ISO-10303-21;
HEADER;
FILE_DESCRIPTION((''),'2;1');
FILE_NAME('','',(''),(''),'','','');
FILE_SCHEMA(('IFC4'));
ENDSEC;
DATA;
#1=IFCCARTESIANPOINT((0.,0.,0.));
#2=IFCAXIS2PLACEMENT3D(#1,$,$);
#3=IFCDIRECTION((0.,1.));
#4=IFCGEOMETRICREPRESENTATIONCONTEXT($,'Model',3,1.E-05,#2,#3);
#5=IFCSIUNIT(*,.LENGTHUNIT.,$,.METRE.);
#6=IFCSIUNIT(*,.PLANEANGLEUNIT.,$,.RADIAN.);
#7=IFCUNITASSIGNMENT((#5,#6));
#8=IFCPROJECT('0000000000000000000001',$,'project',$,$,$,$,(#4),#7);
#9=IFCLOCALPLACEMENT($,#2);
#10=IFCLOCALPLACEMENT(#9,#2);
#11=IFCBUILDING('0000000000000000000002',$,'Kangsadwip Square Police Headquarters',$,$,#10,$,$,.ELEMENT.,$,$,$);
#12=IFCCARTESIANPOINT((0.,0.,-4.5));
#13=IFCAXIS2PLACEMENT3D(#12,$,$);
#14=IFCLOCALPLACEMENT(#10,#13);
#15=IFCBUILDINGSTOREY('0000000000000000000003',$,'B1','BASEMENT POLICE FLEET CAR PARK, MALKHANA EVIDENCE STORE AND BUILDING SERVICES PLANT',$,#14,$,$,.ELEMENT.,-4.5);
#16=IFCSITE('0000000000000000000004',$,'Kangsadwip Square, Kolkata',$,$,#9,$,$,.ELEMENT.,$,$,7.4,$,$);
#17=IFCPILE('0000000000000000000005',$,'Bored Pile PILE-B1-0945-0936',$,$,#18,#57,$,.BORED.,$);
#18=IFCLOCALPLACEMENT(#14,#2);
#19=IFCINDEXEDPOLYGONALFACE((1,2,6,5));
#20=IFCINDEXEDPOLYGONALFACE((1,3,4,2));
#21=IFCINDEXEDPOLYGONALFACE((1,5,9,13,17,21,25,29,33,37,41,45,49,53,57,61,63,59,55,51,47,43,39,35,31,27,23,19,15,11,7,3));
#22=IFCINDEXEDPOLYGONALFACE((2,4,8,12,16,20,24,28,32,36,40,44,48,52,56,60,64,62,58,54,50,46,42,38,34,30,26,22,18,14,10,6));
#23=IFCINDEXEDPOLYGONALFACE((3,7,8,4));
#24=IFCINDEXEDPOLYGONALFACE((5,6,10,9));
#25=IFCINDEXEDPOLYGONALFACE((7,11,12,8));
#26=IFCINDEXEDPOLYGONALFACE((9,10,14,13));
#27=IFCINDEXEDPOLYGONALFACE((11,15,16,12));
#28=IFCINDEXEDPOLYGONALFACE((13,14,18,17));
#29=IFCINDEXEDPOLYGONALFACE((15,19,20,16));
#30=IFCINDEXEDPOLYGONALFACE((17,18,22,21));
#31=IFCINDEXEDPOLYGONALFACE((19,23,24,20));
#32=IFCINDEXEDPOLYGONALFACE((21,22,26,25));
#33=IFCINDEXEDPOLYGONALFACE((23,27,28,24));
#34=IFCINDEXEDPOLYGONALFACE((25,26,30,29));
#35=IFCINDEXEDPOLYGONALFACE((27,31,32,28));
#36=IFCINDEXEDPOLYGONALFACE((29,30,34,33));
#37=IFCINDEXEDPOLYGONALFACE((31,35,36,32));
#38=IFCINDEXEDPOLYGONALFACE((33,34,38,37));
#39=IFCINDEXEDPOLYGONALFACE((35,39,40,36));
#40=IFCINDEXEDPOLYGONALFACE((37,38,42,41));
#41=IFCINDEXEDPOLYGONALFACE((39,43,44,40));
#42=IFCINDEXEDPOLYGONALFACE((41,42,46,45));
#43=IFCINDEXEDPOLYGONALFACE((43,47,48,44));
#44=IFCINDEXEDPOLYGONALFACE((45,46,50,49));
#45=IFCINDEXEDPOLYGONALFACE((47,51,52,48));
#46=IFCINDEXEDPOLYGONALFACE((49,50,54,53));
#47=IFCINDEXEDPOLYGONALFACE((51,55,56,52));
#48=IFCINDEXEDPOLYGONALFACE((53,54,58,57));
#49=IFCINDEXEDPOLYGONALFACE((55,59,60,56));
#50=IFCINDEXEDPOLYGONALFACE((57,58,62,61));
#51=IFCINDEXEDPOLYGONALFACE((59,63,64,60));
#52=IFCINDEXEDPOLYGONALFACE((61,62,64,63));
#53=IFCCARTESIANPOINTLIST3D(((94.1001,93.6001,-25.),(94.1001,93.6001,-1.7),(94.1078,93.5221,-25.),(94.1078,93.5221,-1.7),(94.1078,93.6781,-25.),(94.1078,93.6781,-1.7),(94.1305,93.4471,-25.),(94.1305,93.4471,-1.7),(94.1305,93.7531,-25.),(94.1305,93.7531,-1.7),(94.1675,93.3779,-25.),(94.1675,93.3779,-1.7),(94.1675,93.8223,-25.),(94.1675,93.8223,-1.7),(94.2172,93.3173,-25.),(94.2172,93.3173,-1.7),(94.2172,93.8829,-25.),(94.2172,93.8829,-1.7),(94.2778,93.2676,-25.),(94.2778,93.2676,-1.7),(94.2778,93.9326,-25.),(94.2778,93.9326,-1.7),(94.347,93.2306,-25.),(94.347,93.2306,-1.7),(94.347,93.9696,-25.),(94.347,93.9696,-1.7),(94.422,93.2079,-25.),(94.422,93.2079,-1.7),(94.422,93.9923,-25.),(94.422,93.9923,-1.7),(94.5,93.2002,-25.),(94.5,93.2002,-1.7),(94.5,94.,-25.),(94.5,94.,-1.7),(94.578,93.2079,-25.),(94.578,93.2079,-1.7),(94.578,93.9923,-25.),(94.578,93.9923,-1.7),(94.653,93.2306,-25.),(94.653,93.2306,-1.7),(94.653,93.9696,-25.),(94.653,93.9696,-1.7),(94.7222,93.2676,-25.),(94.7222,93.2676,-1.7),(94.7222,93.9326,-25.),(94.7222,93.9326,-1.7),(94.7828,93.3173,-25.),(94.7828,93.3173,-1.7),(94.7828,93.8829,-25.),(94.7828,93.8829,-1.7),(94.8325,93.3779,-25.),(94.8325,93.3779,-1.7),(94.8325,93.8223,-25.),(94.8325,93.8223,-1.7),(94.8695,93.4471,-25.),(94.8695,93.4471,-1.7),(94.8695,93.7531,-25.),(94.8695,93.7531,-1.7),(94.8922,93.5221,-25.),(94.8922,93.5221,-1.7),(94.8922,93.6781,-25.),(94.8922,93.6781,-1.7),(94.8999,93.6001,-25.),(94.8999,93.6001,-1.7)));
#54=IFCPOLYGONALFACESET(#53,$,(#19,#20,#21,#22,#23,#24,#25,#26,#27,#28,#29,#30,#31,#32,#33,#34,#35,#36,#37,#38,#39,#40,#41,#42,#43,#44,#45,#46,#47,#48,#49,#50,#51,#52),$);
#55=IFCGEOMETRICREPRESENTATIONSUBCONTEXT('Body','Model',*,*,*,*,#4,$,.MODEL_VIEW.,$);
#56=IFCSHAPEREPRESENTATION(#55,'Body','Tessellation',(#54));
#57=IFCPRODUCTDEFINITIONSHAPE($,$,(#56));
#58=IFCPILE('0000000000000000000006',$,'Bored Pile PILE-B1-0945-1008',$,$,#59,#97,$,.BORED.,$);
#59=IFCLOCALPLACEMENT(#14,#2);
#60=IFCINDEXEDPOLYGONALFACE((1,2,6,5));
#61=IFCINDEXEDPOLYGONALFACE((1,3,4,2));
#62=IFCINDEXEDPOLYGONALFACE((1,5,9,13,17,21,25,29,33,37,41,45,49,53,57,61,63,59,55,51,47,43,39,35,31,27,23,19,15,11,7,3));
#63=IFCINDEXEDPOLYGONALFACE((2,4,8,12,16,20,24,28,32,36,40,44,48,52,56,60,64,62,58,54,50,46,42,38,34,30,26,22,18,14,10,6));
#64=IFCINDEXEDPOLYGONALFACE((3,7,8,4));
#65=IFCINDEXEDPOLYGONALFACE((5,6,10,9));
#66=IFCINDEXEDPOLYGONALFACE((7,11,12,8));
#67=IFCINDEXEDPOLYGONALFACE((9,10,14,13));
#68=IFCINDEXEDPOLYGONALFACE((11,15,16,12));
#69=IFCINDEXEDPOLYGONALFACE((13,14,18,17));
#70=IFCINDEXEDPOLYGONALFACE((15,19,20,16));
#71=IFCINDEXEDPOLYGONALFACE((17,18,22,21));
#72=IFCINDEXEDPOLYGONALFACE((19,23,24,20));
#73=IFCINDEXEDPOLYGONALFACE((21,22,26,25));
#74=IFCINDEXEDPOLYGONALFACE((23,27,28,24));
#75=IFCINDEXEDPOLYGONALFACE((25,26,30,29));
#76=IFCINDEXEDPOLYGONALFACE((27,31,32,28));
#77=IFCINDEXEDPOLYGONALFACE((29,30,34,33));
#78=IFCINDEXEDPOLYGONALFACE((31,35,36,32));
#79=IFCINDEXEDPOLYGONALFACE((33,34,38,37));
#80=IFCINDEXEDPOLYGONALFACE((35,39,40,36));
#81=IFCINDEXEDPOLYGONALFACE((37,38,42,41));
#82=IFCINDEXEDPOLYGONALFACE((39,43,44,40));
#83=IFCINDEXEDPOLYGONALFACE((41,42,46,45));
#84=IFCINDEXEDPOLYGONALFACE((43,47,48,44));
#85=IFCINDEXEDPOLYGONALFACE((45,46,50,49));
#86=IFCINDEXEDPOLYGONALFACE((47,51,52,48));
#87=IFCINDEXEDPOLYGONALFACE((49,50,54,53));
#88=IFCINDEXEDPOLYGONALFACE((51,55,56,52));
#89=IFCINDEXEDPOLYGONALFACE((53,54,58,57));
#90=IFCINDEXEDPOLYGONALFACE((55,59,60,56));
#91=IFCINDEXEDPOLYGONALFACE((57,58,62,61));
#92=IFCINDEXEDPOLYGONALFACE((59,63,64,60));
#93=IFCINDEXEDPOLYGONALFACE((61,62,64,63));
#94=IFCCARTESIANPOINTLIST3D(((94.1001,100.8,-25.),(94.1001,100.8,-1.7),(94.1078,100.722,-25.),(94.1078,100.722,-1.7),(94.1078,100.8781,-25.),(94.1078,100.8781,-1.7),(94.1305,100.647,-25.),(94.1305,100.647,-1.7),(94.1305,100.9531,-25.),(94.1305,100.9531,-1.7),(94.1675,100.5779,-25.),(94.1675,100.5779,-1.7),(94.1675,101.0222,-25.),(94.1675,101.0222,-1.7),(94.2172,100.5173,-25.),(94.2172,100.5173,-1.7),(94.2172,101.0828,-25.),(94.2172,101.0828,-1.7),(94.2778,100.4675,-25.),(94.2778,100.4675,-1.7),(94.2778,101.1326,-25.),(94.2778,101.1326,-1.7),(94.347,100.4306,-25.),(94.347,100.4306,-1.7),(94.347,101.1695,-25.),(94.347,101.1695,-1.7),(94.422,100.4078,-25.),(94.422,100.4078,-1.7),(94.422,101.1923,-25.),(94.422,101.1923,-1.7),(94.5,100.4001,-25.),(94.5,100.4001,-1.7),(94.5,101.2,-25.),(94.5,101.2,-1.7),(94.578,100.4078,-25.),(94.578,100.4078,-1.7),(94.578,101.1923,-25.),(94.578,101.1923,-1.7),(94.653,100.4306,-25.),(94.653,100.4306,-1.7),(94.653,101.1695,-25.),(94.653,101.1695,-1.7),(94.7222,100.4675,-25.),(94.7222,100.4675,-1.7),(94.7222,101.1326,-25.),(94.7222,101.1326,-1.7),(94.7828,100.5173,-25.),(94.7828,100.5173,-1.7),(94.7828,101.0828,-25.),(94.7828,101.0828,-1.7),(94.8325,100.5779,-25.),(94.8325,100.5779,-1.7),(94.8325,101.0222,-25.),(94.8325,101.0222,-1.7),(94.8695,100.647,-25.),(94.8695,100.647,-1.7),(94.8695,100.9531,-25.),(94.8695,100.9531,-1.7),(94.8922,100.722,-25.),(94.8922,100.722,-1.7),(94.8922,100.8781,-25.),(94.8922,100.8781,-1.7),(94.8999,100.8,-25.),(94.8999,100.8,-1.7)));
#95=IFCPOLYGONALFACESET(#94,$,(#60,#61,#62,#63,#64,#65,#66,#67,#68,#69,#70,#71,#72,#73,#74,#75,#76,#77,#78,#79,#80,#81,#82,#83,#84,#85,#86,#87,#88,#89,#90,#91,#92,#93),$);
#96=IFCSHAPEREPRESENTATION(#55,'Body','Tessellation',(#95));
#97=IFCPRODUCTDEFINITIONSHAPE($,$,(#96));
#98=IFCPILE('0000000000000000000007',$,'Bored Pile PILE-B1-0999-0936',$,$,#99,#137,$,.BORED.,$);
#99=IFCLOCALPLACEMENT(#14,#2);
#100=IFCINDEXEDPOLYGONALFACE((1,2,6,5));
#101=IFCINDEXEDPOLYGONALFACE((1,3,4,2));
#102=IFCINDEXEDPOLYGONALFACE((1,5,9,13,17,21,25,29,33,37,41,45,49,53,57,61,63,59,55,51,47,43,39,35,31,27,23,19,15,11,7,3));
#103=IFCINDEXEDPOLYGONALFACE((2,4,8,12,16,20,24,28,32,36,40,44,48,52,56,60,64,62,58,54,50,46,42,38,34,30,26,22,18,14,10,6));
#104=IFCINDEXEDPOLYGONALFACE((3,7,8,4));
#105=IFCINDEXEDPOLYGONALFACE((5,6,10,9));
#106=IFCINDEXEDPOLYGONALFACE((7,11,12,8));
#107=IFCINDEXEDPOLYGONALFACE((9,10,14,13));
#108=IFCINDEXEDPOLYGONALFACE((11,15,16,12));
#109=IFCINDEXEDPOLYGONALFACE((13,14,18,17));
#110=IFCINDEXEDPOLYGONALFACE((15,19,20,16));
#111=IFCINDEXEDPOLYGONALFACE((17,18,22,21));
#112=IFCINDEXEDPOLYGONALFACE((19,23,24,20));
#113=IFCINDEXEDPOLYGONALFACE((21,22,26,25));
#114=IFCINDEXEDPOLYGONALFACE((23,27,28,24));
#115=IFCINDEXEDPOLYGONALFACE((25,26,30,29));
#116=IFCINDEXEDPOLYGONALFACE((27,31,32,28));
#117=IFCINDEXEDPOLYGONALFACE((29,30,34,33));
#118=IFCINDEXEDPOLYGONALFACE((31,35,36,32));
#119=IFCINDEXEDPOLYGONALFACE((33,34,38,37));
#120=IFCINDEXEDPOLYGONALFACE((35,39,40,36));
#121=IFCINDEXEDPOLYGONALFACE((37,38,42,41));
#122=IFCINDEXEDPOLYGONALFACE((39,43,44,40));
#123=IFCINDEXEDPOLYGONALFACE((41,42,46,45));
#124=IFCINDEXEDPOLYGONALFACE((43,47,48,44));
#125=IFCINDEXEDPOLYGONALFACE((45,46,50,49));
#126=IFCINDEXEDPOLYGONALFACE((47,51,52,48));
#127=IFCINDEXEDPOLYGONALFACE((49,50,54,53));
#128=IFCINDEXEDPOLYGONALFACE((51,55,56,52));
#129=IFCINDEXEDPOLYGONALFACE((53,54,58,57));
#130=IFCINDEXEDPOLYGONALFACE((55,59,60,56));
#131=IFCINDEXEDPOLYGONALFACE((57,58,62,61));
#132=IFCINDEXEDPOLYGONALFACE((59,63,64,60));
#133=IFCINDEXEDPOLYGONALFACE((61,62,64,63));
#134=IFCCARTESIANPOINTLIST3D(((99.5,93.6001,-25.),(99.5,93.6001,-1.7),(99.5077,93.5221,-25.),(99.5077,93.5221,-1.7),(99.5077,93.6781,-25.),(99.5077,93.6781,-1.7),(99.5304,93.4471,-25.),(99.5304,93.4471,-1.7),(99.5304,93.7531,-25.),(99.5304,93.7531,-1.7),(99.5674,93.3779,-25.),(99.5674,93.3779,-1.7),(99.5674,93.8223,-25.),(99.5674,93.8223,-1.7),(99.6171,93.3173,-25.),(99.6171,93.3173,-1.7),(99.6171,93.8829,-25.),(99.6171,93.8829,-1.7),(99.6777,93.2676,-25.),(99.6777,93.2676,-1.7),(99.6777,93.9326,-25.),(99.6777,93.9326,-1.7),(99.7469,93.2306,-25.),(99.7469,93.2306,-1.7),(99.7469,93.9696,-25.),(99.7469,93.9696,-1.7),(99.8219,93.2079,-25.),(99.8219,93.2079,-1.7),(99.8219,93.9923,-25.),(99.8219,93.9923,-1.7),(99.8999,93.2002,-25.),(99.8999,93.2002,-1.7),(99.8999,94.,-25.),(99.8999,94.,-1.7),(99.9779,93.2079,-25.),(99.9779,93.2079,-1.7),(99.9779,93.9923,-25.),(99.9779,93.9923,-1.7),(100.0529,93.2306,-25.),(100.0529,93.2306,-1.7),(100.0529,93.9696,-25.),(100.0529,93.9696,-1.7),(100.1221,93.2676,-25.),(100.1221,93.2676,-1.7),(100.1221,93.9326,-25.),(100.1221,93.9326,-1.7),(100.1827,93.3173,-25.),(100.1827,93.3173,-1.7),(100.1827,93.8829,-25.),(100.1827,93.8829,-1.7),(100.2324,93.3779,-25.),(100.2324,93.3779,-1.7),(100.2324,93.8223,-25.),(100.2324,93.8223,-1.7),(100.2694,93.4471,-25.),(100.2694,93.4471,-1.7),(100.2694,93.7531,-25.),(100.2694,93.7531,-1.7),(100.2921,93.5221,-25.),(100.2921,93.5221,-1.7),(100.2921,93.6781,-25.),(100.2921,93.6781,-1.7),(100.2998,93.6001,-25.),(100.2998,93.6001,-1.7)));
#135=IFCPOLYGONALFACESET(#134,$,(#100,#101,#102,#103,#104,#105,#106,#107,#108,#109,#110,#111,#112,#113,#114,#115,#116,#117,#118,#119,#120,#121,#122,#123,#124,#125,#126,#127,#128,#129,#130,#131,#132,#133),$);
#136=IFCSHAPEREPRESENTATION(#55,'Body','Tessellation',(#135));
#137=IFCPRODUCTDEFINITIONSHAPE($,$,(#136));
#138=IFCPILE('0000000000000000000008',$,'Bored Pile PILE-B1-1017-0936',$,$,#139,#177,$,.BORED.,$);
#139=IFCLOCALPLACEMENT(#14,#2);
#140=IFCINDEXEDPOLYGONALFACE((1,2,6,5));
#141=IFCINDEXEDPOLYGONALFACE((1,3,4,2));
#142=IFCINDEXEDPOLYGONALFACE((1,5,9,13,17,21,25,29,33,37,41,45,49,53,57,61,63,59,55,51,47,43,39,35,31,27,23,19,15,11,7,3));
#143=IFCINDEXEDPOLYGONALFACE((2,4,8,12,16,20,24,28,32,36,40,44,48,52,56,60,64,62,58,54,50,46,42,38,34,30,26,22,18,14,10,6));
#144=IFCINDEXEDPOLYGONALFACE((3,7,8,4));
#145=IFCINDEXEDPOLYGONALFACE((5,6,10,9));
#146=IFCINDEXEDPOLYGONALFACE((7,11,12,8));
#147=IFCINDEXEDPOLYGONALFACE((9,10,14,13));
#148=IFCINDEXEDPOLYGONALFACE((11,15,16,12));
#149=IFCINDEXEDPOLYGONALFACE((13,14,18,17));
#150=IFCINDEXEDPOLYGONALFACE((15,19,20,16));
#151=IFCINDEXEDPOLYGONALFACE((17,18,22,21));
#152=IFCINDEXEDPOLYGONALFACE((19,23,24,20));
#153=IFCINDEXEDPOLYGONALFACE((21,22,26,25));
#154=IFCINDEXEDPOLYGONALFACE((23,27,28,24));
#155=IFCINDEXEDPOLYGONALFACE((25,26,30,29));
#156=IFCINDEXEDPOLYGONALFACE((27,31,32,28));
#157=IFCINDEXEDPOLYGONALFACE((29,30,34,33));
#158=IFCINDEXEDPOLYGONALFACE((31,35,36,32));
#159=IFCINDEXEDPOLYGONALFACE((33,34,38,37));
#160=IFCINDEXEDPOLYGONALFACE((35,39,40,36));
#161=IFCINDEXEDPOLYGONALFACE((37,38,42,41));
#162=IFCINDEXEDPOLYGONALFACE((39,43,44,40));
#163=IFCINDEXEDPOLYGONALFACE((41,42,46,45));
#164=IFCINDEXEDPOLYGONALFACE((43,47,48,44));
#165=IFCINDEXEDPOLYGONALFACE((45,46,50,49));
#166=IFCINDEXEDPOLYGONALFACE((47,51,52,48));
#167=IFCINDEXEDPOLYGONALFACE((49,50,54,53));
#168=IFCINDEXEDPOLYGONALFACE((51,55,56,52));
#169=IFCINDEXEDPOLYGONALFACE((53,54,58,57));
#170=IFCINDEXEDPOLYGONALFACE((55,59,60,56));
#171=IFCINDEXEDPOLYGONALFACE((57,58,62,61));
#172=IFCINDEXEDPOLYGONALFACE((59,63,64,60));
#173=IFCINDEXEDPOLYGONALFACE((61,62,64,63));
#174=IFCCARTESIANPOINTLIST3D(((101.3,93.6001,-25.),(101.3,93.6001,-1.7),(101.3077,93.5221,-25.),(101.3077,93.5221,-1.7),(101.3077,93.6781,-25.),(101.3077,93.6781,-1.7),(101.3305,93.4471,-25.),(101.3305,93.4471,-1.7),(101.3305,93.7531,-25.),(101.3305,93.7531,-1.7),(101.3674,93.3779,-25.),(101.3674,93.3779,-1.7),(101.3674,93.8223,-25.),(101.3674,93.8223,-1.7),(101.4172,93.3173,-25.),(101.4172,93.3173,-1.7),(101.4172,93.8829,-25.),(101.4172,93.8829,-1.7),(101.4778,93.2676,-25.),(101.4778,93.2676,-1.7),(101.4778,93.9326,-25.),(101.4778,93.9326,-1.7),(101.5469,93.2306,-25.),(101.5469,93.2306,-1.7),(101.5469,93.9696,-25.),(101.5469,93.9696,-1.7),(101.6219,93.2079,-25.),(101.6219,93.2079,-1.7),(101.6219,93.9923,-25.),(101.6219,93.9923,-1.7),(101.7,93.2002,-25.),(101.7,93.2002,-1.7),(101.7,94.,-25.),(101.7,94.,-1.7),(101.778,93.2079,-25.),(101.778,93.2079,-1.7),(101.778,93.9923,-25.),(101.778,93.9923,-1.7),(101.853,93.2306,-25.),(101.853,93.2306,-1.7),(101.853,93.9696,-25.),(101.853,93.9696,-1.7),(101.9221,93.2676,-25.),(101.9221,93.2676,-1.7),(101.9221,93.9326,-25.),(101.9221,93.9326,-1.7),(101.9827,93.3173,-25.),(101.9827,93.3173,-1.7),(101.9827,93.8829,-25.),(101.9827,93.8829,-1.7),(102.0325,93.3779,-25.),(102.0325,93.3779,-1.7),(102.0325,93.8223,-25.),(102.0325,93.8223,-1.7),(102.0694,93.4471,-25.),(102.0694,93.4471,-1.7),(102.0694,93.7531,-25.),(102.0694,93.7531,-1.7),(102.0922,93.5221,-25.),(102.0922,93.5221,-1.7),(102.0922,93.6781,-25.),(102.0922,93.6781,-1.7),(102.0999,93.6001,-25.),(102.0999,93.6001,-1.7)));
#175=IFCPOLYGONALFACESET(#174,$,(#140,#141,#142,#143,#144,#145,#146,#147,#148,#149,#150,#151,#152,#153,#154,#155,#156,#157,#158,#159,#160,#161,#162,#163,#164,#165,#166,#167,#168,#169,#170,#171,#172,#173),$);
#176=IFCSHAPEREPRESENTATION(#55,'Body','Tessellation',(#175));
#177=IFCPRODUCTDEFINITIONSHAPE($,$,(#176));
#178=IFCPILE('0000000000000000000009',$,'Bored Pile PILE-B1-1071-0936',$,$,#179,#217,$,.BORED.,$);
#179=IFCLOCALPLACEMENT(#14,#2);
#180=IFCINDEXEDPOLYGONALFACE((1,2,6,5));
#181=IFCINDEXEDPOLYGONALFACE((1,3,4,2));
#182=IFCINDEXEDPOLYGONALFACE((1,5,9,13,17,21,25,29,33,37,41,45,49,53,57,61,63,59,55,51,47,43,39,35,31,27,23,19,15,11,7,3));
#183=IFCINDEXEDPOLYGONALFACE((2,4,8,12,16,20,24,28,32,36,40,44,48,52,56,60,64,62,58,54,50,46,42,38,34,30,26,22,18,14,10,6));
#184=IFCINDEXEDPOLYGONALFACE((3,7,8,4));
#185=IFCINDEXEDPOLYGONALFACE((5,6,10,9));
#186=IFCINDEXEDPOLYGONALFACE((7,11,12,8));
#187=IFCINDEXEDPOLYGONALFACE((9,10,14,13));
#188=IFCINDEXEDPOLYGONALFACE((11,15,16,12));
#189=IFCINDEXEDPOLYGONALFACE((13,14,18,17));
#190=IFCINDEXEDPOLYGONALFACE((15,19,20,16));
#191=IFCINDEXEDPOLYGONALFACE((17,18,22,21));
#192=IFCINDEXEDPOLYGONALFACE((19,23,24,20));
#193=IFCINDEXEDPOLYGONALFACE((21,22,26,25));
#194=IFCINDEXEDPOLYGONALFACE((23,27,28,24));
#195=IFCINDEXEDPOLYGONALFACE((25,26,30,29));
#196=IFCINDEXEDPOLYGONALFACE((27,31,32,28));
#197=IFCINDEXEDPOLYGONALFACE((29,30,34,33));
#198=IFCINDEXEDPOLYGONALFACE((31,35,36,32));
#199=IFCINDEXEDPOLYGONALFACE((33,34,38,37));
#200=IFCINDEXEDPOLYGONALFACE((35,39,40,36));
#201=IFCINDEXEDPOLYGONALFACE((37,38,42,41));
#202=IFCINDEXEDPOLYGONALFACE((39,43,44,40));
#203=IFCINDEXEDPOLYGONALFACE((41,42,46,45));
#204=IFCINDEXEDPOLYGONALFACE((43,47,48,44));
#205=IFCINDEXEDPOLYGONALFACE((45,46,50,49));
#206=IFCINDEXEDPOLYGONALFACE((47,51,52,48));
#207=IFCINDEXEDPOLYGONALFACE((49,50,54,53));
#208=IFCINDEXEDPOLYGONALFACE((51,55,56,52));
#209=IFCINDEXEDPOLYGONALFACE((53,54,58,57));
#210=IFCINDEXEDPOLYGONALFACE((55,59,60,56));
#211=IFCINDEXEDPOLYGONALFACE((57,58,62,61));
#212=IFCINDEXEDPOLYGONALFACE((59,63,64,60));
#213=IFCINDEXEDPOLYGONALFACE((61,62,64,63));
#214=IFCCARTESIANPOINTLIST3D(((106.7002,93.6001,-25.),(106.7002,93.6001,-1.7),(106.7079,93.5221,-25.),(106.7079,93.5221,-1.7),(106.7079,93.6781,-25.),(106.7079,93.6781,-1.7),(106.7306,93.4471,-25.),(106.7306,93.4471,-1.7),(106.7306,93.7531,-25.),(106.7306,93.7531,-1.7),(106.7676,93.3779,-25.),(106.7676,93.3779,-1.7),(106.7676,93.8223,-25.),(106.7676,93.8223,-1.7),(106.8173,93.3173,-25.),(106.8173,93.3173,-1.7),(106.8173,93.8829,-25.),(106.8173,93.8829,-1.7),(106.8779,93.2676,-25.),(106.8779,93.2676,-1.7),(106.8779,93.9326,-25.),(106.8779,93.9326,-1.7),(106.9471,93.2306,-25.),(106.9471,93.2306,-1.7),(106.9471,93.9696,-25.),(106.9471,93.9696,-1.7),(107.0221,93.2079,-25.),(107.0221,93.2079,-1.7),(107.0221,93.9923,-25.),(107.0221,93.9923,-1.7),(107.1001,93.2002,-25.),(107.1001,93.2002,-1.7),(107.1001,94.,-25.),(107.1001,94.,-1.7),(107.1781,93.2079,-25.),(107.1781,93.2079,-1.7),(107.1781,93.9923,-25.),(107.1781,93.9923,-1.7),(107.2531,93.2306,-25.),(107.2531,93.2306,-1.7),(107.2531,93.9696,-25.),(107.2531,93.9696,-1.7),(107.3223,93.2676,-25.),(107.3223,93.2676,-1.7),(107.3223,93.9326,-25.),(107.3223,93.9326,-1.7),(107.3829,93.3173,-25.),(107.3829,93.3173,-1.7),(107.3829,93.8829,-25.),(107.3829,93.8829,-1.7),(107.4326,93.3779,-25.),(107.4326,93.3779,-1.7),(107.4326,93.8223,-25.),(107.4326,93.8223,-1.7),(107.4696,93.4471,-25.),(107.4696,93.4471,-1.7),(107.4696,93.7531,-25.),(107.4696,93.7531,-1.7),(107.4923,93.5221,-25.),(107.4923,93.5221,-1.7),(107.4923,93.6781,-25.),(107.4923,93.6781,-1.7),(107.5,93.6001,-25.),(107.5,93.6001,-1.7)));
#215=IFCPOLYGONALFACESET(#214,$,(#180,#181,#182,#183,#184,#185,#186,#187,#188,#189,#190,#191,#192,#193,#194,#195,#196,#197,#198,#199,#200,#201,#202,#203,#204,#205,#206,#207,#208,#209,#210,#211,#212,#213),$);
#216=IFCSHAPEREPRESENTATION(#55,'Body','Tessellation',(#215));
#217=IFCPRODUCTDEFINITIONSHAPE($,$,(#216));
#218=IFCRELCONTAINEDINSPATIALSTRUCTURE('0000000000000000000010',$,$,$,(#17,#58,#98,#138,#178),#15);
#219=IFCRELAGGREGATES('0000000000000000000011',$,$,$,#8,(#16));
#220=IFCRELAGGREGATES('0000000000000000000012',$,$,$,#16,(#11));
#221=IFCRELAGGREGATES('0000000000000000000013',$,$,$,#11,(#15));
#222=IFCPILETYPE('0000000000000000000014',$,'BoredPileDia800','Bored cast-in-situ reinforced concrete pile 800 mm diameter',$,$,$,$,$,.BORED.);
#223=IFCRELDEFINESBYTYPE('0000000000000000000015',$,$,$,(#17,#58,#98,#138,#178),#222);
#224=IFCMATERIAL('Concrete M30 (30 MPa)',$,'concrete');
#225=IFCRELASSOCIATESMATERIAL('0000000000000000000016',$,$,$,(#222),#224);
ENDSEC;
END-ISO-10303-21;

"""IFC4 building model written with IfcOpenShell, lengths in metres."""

from ifc_helpers import new_model, si_unit, direction, frame, origin, origin_2d, place, context, subcontext, project, spatial, circle, extrude, material, material_profile, profile_set, type_object, element, save


model = new_model("IFC4")

# Units and contexts
model_context = context("Model", 3, precision=1e-05, world=origin(), true_north=direction((0.0, 1.0)))
body_context = subcontext(model_context, "Body", "Model", "MODEL_VIEW")
ifc_project = project(units=[si_unit("LENGTHUNIT", "METRE"), si_unit("PLANEANGLEUNIT", "RADIAN")], contexts=[model_context])

# Site, building, storey
site_placement = place(None, origin())
site = spatial("IfcSite", under=ifc_project, at=site_placement, Name="Kangsadwip Square, Kolkata", CompositionType="ELEMENT", RefElevation=7.4)
building_placement = place(site_placement, origin())
building = spatial("IfcBuilding", under=site, at=building_placement, Name="Kangsadwip Square Police Headquarters", CompositionType="ELEMENT")
storey_placement = place(building_placement, frame((0.0, 0.0, -4.5)))
storey = spatial("IfcBuildingStorey", under=building, at=storey_placement, Name="B1", Description="BASEMENT POLICE FLEET CAR PARK, MALKHANA EVIDENCE STORE AND BUILDING SERVICES PLANT", CompositionType="ELEMENT", Elevation=-4.5)

# Piles
ifc_material_1 = material(Name="Concrete M30 (30 MPa)", Category="concrete")
ifc_material_profile_1 = material_profile(ifc_material_1, circle(Radius=0.3999, at=origin_2d()), Name="PILE DIA 800")
ifc_profile_set_1 = profile_set([ifc_material_profile_1], Name="Concrete M30 (30 MPa)")
pile_type_1 = type_object("IfcPileType", Name="BoredPileDia800", Description="Bored cast-in-situ reinforced concrete pile 800 mm diameter", PredefinedType="BORED", material=ifc_profile_set_1)
for number, where, z_axis, x_axis, name in (
    (1, (94.5, 93.6001, -1.7), (0.0, 0.0, -1.0), (1.0, 0.0, 0.0), "Bored Pile PILE-B1-0945-0936"),
    (2, (94.5, 100.8, -1.7), (0.0, 0.0, -1.0), (1.0, 0.0, 0.0), "Bored Pile PILE-B1-0945-1008"),
    (3, (99.8999, 93.6001, -1.7), (0.0, 0.0, -1.0), (1.0, 0.0, 0.0), "Bored Pile PILE-B1-0999-0936"),
    (4, (101.7, 93.6001, -1.7), (0.0, 0.0, -1.0), (1.0, 0.0, 0.0), "Bored Pile PILE-B1-1017-0936"),
    (5, (107.1001, 93.6001, -1.7), (0.0, 0.0, -1.0), (1.0, 0.0, 0.0), "Bored Pile PILE-B1-1071-0936"),
):
    element("IfcPile", number, at=place(storey_placement, frame(where, z_axis=z_axis, x_axis=x_axis)), inside=storey, type_object=pile_type_1, Name=name, PredefinedType="BORED", context=body_context, shape_type="SweptSolid", body=[
        extrude(circle(Radius=0.3999, at=origin_2d()), origin(), (0.0, 0.0, 1.0), 23.3),
    ])

save(model, "model.ifc")
